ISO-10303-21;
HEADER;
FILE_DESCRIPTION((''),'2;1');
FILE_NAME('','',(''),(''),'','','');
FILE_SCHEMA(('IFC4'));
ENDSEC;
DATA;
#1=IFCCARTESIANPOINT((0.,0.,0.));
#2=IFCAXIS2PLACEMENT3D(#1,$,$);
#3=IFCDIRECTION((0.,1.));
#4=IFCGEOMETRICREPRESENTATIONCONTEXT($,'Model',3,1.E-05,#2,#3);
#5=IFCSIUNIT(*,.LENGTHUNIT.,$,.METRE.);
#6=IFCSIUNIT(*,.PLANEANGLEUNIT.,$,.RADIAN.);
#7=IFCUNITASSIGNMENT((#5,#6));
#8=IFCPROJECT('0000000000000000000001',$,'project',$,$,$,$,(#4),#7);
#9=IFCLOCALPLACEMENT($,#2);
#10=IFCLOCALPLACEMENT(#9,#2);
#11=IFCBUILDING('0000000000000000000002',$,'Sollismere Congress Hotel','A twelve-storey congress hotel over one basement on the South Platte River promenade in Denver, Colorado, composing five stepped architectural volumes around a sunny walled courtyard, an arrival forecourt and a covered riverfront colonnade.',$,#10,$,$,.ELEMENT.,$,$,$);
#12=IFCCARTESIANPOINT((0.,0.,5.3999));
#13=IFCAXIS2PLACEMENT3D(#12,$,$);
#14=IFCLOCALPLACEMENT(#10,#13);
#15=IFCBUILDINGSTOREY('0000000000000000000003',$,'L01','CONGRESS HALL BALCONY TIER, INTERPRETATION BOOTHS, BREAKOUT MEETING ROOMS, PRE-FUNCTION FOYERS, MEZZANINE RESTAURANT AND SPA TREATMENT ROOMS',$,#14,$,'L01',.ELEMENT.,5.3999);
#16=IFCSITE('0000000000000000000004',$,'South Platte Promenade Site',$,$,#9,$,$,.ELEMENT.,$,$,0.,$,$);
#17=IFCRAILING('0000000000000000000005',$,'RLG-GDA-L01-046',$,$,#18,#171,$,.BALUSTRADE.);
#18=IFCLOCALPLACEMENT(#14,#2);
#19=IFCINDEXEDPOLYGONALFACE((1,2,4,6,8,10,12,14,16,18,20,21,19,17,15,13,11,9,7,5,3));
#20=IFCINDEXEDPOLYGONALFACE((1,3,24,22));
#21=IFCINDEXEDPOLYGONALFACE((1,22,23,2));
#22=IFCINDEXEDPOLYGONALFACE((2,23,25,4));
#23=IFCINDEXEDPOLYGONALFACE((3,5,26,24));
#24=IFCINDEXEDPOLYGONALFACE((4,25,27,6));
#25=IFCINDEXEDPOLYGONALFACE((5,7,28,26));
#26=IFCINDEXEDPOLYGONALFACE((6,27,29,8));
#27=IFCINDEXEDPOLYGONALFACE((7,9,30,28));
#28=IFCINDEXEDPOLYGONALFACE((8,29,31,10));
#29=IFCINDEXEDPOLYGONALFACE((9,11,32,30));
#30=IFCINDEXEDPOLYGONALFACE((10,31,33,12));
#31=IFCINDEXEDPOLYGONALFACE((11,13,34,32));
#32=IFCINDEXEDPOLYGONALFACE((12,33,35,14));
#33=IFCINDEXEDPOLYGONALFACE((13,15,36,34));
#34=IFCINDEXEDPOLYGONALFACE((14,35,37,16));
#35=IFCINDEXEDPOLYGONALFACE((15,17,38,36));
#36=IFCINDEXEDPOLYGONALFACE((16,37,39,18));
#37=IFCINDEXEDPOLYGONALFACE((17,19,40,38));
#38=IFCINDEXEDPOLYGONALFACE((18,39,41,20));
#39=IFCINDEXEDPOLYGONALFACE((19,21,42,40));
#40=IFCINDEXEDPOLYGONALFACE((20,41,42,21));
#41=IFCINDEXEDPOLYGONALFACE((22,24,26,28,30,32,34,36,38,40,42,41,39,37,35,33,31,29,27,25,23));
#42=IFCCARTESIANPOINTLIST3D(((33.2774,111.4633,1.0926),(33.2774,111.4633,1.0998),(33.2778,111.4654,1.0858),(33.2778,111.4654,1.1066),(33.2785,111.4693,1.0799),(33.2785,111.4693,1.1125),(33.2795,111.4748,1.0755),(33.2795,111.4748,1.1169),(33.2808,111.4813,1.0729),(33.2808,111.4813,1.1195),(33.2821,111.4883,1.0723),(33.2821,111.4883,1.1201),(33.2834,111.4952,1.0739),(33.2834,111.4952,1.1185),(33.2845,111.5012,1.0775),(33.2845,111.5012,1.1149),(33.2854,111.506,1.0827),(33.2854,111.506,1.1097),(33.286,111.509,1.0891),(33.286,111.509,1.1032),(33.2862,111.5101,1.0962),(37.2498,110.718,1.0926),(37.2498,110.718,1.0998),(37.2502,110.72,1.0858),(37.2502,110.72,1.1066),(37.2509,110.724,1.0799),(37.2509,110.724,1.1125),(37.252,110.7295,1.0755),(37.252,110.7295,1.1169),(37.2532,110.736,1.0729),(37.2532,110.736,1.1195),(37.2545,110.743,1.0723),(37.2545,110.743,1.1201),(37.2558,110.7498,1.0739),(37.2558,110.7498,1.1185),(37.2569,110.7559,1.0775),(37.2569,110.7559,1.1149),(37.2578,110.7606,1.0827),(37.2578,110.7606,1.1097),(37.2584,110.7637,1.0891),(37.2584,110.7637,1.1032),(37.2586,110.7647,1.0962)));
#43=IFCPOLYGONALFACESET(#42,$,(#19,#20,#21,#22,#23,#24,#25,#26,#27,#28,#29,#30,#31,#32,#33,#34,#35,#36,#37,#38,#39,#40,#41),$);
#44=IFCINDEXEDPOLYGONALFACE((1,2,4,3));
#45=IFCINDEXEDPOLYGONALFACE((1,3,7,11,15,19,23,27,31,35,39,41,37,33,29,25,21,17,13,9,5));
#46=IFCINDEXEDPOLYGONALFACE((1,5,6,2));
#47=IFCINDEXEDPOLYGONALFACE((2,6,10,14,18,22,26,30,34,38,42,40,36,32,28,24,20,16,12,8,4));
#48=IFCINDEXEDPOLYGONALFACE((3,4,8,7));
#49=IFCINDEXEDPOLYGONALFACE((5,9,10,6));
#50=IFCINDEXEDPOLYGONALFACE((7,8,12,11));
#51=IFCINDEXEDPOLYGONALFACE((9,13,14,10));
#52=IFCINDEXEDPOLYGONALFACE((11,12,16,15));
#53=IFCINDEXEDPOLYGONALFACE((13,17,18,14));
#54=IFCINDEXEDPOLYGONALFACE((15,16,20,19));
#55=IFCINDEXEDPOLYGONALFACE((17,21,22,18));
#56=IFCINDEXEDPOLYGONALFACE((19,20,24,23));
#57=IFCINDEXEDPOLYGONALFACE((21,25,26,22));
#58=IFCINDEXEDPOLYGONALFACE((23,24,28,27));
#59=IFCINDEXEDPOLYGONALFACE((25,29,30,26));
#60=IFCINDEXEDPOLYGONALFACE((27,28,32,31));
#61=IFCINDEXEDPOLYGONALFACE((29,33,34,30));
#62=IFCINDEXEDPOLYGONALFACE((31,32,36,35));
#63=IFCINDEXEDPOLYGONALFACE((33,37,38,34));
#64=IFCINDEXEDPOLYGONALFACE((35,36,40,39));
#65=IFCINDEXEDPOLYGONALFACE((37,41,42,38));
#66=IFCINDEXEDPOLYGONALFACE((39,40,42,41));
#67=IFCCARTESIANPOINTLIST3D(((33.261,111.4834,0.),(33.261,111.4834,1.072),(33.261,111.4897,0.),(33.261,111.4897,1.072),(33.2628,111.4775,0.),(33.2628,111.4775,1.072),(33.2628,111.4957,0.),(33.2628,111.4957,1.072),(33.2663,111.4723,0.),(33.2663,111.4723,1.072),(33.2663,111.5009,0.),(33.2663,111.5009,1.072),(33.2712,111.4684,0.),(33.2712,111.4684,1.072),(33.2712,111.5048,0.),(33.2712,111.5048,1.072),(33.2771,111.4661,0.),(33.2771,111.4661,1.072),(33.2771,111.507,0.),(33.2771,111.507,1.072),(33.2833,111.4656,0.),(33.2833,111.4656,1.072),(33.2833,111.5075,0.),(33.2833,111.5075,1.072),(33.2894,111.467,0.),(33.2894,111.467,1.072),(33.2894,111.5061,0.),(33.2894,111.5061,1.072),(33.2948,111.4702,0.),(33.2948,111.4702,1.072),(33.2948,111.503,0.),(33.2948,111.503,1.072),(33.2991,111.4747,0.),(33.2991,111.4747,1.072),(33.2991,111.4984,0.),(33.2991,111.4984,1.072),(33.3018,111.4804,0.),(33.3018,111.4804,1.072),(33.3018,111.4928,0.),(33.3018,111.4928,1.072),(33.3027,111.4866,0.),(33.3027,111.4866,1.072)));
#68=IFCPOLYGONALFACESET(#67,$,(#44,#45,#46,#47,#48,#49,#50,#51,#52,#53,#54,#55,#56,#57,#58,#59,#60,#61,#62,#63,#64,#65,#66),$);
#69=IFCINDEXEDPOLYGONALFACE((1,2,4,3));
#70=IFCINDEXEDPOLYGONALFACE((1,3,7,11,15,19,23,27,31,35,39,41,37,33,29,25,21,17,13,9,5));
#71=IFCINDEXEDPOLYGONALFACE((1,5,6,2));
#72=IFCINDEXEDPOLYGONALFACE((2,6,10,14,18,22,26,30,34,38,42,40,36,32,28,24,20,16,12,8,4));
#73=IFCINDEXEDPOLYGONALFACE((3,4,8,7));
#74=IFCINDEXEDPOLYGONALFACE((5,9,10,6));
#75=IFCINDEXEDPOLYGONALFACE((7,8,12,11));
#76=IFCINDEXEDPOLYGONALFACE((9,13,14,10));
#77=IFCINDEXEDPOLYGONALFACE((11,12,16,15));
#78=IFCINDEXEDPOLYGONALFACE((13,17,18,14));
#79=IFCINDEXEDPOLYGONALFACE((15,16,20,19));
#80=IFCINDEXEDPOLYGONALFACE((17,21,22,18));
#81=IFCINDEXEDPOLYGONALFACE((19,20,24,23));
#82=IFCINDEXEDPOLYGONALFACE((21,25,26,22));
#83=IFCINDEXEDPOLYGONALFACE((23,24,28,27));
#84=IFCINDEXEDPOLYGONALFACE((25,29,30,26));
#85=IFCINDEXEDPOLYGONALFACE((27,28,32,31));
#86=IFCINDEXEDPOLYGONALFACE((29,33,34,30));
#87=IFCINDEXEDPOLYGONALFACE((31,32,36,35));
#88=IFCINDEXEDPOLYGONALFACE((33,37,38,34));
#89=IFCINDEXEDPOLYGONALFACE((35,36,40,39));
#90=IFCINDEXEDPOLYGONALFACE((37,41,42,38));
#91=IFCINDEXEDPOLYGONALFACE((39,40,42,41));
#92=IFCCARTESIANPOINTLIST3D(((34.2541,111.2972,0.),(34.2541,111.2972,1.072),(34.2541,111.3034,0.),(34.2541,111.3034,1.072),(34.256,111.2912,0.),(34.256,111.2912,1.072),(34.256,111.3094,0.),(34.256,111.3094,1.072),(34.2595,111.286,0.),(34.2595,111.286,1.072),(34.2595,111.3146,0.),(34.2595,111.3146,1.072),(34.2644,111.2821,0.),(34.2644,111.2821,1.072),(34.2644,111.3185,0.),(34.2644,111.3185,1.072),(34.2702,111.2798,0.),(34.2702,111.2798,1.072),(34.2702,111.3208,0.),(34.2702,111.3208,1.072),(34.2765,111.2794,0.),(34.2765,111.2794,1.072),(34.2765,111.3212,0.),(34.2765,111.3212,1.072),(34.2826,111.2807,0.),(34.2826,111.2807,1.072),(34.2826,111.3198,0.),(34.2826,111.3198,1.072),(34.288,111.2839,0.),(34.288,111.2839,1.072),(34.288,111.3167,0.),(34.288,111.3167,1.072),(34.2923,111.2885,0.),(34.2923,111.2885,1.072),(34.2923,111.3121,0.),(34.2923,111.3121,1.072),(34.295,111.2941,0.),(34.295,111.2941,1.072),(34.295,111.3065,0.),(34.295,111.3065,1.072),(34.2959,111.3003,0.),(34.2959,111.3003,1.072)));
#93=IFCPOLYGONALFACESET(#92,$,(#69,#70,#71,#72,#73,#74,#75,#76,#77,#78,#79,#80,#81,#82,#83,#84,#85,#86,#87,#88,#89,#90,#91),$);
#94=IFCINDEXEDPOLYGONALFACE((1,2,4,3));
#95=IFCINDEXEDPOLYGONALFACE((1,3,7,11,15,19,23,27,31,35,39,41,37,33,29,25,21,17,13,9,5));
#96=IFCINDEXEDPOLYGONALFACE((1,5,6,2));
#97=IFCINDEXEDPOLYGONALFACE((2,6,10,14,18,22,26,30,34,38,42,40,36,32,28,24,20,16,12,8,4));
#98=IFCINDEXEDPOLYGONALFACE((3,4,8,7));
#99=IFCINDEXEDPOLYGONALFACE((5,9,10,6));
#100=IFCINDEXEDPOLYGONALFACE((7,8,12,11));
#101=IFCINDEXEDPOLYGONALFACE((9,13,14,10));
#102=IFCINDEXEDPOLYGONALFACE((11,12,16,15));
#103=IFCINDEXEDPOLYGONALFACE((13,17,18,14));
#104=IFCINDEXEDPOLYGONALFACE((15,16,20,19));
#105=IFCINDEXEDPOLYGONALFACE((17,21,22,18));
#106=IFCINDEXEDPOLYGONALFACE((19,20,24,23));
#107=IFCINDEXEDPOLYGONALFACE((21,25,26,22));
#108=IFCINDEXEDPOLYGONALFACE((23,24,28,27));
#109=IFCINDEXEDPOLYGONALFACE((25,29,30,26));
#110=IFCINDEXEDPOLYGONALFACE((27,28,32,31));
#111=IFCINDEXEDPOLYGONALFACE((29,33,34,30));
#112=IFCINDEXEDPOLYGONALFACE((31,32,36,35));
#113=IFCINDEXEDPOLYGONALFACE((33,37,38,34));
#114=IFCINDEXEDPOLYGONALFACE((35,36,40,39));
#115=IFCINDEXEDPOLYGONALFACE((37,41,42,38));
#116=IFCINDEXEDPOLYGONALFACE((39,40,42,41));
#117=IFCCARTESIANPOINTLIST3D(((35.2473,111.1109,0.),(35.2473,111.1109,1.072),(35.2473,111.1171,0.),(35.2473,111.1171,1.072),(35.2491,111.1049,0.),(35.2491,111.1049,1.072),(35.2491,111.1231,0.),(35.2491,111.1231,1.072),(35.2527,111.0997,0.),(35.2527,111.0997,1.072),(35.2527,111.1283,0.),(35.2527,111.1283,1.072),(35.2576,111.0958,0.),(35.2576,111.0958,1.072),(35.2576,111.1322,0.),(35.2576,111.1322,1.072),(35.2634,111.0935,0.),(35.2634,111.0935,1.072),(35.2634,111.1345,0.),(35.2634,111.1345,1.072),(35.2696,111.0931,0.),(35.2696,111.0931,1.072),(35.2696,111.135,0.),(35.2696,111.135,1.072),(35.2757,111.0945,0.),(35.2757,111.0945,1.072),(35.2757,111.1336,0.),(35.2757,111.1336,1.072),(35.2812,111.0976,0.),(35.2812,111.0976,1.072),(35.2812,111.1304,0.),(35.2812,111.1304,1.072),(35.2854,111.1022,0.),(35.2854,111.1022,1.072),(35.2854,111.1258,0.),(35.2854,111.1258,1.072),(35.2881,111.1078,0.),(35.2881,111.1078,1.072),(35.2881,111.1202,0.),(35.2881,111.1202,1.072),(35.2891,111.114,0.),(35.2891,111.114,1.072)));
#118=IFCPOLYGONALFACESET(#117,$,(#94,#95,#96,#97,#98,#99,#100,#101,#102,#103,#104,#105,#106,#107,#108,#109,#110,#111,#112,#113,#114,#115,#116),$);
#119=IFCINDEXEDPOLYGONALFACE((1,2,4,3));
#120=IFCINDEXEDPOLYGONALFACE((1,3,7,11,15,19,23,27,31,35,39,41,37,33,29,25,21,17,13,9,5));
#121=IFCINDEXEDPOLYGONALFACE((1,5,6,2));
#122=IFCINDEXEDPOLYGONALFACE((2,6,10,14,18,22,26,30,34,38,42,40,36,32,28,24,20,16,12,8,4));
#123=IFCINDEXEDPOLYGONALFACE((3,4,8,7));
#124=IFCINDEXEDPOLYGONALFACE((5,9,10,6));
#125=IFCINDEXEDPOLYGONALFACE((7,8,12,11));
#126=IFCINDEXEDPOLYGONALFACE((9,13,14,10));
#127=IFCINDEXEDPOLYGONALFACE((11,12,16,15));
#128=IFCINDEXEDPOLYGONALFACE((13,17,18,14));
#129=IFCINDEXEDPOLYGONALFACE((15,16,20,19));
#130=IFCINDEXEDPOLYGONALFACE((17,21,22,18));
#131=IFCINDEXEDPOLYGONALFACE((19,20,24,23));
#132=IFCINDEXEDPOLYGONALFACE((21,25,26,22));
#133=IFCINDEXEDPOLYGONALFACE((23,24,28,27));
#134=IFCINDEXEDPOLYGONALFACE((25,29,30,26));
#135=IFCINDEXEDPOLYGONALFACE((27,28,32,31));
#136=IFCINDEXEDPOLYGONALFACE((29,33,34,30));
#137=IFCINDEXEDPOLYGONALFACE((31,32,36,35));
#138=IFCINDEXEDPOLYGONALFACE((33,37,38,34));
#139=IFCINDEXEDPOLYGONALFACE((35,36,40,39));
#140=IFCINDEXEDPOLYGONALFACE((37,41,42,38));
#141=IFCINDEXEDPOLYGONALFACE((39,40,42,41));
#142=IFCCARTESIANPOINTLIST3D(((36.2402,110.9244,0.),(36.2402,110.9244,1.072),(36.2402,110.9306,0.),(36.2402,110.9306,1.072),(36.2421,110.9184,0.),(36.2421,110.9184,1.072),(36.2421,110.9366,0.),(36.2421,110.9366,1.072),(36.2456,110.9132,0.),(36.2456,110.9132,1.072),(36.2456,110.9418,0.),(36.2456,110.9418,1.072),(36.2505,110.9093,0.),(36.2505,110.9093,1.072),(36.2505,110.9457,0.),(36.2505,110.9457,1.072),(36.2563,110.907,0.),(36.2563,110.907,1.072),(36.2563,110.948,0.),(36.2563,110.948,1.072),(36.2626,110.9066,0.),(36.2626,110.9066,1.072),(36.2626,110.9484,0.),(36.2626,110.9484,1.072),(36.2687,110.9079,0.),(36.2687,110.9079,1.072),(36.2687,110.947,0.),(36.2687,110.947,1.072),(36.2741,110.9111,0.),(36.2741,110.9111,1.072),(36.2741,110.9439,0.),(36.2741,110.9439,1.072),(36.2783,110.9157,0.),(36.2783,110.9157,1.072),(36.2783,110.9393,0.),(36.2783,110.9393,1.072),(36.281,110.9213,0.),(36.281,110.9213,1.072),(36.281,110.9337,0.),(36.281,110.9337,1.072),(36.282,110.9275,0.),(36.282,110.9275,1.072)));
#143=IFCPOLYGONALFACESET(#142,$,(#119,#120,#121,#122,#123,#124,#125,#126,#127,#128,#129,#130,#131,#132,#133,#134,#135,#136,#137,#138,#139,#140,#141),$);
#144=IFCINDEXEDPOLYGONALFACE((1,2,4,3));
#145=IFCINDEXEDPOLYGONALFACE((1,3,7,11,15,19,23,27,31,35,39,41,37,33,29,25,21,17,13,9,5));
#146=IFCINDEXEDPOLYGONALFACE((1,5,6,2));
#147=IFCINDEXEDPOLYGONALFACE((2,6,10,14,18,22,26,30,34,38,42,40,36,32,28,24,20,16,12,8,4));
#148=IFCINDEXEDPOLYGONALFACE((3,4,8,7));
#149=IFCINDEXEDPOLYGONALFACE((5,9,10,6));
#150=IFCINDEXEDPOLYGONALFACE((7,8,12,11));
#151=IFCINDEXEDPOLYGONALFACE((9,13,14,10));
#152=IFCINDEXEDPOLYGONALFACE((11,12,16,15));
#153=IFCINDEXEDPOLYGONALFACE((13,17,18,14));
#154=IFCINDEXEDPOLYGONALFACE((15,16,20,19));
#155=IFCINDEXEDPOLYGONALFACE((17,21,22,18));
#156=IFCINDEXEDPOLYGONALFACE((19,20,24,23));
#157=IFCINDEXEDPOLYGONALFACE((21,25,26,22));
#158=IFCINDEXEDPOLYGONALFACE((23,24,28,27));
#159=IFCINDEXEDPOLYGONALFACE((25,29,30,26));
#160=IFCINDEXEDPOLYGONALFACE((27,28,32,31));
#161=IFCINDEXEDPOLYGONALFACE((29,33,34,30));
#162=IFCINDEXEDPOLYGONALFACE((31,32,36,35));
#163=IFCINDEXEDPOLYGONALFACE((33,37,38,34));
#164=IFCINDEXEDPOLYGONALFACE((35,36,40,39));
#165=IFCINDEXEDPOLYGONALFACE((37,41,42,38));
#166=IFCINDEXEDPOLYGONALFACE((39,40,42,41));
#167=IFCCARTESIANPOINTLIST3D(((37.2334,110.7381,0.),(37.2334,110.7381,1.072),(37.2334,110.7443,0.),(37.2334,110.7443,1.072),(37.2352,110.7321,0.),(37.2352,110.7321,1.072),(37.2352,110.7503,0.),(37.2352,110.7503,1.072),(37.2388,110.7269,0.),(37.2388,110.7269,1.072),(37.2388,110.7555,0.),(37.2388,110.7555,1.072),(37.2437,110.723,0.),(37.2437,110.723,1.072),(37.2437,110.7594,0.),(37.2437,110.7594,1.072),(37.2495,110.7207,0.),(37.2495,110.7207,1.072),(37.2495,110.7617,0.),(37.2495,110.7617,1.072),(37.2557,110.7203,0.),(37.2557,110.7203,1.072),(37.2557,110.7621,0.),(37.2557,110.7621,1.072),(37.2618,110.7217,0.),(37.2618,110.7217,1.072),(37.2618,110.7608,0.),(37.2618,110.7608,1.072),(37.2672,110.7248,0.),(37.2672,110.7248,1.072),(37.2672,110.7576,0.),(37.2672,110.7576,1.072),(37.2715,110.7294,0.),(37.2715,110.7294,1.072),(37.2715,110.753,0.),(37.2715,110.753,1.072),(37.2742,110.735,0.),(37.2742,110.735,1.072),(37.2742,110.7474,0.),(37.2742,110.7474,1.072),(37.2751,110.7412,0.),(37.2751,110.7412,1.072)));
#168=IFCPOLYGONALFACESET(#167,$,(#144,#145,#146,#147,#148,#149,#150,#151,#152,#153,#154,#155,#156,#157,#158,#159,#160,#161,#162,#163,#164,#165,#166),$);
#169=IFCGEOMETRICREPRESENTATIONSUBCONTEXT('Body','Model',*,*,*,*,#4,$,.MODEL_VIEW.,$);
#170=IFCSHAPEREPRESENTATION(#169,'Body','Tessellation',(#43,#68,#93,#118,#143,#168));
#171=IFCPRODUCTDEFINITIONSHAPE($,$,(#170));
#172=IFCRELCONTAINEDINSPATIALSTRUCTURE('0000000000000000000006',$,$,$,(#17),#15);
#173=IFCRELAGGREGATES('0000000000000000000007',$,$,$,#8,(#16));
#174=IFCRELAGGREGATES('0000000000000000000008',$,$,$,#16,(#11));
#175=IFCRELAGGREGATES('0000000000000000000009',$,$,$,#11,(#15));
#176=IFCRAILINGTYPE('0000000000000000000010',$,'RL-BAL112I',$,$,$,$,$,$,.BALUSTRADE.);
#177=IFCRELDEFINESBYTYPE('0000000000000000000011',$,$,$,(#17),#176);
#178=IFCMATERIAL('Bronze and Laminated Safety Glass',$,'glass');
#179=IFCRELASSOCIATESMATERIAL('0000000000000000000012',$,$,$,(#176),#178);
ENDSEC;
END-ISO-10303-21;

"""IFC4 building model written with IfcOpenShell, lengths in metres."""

from ifc_helpers import new_model, si_unit, direction, frame, origin, origin_2d, place, context, subcontext, project, spatial, circle, extrude, material, type_object, element, save


model = new_model("IFC4")

# Units and contexts
model_context = context("Model", 3, precision=1e-05, world=origin(), true_north=direction((0.0, 1.0)))
body_context = subcontext(model_context, "Body", "Model", "MODEL_VIEW")
ifc_project = project(units=[si_unit("LENGTHUNIT", "METRE"), si_unit("PLANEANGLEUNIT", "RADIAN")], contexts=[model_context])

# Site, building, storey
site_placement = place(None, origin())
site = spatial("IfcSite", under=ifc_project, at=site_placement, Name="South Platte Promenade Site", CompositionType="ELEMENT", RefElevation=0.0)
building_placement = place(site_placement, origin())
building = spatial("IfcBuilding", under=site, at=building_placement, Name="Sollismere Congress Hotel", Description="A twelve-storey congress hotel over one basement on the South Platte River promenade in Denver, Colorado, composing five stepped architectural volumes around a sunny walled courtyard, an arrival forecourt and a covered riverfront colonnade.", CompositionType="ELEMENT")
storey_placement = place(building_placement, frame((0.0, 0.0, 5.3999)))
storey = spatial("IfcBuildingStorey", under=building, at=storey_placement, Name="L01", Description="CONGRESS HALL BALCONY TIER, INTERPRETATION BOOTHS, BREAKOUT MEETING ROOMS, PRE-FUNCTION FOYERS, MEZZANINE RESTAURANT AND SPA TREATMENT ROOMS", LongName="L01", CompositionType="ELEMENT", Elevation=5.3999)

# Railing
ifc_material_1 = material(Name="Bronze and Laminated Safety Glass", Category="glass")
railing_type = type_object("IfcRailingType", Name="RL-BAL112I", PredefinedType="BALUSTRADE", material=ifc_material_1)
railing_1_placement = place(storey_placement, frame((33.2817, 111.4866, 0.0)))
element("IfcRailing", 1, at=railing_1_placement, inside=storey, type_object=railing_type, Name="RLG-GDA-L01-046", PredefinedType="BALUSTRADE", context=body_context, shape_type="SweptSolid", body=[
    extrude(circle(Radius=0.0239, at=origin_2d()), frame((0.0, 0.0, 1.0962), z_axis=(0.982848, -0.184416, 0.0), x_axis=(0.184416, 0.982848, 0.0)), (0.0, 0.0, 1.0), 4.0417),
    extrude(circle(Radius=0.021, at=origin_2d()), origin(), (0.0, 0.0, 1.0), 1.072),
    extrude(circle(Radius=0.021, at=origin_2d()), frame((0.9932, -0.1863, 0.0)), (0.0, 0.0, 1.0), 1.072),
    extrude(circle(Radius=0.021, at=origin_2d()), frame((1.9863, -0.3726, 0.0)), (0.0, 0.0, 1.0), 1.072),
    extrude(circle(Radius=0.021, at=origin_2d()), frame((2.9792, -0.5591, 0.0)), (0.0, 0.0, 1.0), 1.072),
    extrude(circle(Radius=0.021, at=origin_2d()), frame((3.9724, -0.7454, 0.0)), (0.0, 0.0, 1.0), 1.072),
])

save(model, "model.ifc")
